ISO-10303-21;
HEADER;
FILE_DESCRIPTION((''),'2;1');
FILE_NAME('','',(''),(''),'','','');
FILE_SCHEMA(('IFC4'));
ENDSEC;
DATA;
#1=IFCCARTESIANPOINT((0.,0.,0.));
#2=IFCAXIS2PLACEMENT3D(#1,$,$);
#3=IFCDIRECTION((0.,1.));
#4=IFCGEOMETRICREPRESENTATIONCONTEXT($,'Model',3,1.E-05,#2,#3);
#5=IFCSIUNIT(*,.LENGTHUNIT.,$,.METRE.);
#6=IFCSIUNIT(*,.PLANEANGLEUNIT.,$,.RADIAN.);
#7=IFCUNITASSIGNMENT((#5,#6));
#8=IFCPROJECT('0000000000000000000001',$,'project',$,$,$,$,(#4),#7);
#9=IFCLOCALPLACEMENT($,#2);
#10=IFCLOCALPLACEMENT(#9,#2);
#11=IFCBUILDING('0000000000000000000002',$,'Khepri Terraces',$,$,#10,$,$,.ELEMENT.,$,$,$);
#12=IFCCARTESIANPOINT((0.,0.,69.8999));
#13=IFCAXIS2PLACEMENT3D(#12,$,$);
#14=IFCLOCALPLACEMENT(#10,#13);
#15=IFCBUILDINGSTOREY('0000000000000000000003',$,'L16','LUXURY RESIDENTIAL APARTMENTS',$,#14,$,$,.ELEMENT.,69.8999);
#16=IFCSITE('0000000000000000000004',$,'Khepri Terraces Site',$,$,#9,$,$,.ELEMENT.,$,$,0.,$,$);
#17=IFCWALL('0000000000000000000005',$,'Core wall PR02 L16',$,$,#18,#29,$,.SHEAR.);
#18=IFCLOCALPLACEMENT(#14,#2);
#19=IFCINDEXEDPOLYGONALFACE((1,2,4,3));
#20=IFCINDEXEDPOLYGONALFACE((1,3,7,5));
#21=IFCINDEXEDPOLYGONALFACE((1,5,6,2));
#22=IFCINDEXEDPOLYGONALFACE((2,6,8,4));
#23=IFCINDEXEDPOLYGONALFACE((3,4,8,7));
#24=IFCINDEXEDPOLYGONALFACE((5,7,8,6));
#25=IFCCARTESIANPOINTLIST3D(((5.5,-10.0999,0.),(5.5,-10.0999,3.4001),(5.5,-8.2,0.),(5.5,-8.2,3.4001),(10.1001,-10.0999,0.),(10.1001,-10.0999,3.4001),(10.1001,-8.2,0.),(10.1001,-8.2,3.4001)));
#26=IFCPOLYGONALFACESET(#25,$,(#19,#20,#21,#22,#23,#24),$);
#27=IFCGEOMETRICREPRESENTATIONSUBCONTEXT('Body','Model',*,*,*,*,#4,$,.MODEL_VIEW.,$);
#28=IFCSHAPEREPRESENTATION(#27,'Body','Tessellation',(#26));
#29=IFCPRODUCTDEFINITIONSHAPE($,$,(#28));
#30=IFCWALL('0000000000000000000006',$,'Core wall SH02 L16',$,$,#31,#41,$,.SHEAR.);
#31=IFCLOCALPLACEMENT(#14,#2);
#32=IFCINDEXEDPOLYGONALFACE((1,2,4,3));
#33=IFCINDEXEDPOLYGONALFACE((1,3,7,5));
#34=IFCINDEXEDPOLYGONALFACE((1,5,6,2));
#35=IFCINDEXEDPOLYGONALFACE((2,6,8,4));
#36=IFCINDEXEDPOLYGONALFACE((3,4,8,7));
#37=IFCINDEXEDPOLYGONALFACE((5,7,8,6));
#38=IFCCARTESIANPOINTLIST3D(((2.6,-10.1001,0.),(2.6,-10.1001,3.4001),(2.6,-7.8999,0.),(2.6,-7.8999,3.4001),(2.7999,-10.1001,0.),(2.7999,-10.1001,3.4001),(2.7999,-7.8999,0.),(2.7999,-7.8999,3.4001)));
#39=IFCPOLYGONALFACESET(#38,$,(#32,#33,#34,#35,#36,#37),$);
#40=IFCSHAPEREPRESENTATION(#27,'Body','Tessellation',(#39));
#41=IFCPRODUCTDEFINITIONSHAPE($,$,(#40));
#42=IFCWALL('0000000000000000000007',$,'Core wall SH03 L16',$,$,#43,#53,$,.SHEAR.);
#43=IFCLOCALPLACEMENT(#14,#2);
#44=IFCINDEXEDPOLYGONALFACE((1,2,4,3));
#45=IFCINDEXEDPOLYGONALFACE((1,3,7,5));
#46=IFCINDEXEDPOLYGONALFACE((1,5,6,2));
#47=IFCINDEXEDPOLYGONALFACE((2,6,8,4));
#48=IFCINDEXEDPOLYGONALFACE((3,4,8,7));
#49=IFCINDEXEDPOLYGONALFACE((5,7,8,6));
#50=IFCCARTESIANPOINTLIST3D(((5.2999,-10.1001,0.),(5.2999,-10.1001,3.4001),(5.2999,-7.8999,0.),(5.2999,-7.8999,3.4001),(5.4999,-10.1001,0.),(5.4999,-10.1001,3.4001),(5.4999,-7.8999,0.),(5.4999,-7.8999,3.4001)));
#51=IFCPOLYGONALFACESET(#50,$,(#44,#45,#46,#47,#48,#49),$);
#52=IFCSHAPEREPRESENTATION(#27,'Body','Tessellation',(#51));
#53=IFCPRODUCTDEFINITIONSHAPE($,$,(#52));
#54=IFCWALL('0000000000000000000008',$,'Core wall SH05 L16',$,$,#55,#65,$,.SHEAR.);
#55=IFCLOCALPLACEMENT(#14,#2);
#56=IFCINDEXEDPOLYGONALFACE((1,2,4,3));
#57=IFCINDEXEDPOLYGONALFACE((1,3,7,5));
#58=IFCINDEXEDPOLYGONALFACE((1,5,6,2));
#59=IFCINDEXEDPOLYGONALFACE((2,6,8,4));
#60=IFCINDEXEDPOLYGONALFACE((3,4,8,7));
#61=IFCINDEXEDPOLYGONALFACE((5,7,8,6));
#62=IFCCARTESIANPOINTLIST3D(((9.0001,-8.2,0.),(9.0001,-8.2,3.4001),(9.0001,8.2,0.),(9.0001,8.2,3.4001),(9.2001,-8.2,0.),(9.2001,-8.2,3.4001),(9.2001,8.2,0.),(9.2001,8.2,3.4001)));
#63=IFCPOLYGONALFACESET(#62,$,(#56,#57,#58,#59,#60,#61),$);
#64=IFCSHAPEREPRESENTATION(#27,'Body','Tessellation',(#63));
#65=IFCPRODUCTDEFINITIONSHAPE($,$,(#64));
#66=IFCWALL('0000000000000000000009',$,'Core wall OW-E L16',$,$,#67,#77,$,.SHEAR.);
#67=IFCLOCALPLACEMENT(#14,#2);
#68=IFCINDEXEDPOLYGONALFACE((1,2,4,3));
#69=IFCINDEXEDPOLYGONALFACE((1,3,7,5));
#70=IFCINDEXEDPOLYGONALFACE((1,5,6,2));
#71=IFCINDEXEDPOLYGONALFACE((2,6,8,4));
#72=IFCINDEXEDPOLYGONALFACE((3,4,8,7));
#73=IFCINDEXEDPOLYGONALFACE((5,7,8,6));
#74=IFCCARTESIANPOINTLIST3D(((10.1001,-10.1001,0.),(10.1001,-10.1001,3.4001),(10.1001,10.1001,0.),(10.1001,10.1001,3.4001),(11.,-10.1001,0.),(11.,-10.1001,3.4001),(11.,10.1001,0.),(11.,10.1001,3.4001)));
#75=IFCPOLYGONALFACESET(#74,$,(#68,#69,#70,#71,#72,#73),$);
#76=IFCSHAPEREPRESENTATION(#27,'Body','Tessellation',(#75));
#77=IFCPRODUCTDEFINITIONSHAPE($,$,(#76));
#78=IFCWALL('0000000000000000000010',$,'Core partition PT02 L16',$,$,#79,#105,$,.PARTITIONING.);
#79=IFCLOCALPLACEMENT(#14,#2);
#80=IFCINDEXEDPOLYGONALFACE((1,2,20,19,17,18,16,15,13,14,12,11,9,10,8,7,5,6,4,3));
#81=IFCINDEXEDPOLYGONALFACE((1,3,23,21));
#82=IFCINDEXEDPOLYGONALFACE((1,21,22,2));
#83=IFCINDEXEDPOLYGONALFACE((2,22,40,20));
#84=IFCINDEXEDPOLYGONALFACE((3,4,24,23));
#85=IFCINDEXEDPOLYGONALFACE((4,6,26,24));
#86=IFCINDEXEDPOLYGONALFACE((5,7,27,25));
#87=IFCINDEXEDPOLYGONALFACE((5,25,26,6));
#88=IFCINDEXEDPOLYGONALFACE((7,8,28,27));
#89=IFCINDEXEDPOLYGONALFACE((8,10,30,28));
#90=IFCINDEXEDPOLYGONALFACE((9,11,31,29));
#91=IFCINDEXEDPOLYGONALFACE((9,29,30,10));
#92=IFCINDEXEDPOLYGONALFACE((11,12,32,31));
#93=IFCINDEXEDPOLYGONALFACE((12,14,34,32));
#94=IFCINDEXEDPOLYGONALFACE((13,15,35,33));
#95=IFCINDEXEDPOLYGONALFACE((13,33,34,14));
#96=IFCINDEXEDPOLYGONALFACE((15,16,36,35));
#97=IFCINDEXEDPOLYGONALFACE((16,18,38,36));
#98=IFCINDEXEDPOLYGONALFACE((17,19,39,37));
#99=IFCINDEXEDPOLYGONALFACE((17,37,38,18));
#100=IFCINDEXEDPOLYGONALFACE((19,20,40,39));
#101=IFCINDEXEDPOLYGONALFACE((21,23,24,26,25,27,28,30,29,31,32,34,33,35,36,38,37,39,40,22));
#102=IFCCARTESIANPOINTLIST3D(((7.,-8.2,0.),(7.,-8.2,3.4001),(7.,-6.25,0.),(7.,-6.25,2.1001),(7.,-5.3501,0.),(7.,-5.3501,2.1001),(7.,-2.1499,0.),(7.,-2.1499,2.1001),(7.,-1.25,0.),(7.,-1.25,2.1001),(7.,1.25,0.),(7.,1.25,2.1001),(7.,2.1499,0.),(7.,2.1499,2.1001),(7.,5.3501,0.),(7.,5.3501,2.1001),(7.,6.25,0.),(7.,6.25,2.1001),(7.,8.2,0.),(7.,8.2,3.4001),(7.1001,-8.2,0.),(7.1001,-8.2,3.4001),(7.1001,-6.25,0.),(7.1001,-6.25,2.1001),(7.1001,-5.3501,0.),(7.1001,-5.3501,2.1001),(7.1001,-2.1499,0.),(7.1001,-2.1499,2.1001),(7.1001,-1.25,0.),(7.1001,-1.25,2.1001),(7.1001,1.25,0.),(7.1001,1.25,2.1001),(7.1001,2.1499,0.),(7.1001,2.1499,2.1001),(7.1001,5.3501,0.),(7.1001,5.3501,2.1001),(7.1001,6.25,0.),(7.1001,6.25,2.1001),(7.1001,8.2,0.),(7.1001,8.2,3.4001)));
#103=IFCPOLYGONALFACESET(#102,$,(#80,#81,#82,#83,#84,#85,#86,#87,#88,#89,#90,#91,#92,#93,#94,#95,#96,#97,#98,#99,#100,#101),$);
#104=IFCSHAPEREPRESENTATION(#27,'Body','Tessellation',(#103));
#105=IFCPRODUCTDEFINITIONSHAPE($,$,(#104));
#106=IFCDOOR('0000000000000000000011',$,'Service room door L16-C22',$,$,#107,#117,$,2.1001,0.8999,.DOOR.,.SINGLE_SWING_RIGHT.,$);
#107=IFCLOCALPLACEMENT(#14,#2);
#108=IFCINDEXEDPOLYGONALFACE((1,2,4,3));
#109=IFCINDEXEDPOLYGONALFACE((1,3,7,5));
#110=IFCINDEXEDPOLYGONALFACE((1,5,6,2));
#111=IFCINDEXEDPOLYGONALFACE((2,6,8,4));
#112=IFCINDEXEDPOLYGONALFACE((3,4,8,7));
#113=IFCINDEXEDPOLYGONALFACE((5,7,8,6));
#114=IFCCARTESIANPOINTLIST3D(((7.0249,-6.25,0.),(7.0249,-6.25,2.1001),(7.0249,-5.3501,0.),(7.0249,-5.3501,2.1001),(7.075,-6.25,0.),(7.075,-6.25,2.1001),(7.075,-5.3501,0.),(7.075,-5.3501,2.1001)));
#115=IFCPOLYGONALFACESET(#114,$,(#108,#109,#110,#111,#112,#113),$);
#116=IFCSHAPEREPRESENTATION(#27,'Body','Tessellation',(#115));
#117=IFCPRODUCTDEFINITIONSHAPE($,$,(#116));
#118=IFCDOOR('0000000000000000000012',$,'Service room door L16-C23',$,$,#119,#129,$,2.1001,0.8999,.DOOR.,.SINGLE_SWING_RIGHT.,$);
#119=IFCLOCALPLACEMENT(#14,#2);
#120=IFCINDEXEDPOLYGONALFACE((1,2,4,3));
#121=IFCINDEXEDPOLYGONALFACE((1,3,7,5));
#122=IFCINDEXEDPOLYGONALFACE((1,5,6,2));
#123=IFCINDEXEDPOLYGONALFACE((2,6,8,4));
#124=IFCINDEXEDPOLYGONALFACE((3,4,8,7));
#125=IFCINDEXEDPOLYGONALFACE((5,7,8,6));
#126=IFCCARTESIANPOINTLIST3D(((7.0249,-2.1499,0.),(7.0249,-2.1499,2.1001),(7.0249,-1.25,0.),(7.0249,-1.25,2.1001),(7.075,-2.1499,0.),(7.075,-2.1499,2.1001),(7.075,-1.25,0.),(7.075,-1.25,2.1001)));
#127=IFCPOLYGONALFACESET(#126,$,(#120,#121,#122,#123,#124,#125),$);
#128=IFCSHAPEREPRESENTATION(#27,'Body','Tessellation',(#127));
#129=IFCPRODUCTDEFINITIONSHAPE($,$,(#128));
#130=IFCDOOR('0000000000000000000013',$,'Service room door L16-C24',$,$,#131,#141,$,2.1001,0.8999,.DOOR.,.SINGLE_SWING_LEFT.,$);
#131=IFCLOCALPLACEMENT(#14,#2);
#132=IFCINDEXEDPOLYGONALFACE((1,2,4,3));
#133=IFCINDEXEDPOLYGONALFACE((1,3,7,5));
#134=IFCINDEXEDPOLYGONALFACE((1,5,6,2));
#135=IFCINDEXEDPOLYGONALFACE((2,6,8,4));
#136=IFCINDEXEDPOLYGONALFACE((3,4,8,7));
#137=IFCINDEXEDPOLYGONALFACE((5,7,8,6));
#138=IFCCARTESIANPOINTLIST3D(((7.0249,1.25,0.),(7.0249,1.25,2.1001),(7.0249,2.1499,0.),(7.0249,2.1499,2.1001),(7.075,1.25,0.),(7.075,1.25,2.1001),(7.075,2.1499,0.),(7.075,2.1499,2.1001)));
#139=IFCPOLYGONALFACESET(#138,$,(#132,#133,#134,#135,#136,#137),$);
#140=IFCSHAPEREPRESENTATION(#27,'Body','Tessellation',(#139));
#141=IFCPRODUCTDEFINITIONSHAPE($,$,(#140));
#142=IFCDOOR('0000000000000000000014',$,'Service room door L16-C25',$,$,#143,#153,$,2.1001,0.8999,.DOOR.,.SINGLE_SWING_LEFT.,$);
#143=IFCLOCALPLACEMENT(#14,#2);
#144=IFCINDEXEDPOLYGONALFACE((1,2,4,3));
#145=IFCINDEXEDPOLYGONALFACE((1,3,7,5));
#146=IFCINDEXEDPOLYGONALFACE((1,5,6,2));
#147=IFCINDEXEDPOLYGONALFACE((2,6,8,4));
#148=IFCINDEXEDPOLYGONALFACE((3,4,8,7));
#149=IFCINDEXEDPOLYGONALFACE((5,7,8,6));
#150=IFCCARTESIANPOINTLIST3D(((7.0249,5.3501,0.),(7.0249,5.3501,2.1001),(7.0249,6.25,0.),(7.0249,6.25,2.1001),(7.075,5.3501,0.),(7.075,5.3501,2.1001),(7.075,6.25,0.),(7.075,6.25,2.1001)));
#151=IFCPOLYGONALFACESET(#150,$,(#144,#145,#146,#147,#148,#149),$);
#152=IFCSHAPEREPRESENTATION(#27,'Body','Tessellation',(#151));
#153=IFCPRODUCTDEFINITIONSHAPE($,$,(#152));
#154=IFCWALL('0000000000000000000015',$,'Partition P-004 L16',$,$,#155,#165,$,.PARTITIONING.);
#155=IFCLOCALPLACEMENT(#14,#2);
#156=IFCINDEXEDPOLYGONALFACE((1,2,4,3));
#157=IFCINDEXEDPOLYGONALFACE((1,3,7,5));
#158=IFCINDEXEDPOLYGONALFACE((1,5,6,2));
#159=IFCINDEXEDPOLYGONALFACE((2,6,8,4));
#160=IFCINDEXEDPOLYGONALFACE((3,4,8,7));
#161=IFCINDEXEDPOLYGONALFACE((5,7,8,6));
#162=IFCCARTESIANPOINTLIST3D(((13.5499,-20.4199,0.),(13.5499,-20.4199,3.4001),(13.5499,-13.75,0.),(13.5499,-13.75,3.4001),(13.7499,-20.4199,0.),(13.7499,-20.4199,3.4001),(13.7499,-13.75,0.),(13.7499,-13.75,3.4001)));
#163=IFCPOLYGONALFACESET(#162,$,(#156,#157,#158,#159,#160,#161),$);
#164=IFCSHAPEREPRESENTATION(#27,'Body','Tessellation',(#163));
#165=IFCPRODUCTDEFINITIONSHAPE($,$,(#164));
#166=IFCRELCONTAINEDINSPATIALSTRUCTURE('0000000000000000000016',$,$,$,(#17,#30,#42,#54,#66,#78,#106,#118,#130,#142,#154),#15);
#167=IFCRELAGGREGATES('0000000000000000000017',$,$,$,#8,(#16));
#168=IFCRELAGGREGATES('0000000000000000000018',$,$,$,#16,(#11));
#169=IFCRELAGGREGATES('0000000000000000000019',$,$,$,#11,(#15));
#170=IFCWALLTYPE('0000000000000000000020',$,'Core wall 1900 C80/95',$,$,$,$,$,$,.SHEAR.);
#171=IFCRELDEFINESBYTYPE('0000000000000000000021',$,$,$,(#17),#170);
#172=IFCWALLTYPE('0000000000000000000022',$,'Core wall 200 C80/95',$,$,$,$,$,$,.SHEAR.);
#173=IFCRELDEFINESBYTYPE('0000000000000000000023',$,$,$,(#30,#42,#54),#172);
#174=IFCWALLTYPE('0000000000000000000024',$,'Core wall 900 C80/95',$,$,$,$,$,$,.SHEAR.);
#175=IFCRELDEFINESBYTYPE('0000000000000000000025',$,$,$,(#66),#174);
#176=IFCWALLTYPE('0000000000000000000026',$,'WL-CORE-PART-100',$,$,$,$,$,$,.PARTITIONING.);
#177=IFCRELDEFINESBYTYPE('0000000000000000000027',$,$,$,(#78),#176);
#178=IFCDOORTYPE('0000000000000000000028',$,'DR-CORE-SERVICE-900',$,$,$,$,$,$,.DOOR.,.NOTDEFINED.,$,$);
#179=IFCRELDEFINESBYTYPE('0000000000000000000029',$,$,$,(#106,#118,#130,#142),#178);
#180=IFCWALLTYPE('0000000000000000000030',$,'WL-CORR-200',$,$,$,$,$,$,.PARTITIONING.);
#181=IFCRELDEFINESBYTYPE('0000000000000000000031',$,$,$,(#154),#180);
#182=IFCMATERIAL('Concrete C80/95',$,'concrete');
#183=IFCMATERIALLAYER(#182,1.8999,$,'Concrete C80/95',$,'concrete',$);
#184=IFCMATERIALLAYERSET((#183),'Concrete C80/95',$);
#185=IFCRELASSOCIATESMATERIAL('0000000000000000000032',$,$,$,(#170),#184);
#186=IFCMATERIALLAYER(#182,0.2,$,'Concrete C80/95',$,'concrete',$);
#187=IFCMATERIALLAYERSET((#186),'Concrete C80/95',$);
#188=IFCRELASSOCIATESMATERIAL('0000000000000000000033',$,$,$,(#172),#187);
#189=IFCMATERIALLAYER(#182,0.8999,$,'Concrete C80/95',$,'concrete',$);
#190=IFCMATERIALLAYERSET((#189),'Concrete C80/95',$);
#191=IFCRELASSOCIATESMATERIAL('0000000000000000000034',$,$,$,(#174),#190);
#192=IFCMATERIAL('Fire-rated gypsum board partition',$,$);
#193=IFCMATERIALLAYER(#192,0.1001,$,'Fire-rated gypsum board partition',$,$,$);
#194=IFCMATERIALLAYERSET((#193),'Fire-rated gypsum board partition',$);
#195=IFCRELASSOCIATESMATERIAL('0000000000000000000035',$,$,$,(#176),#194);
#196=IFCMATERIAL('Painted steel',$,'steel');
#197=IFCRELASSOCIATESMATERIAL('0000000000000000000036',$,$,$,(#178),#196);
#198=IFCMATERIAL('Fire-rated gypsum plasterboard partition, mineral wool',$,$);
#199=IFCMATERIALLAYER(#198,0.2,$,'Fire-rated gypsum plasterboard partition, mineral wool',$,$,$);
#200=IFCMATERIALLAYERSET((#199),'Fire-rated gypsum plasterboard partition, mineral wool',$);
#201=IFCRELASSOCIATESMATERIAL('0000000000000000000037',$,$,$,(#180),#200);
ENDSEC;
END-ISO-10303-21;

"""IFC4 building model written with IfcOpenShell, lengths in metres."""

from ifc_helpers import new_model, si_unit, direction, frame, frame_2d, origin, place, context, subcontext, project, spatial, rectangle, extrude, material, layer, layer_set, type_object, element, fill, save


model = new_model("IFC4")

# Units and contexts
model_context = context("Model", 3, precision=1e-05, world=origin(), true_north=direction((0.0, 1.0)))
body_context = subcontext(model_context, "Body", "Model", "MODEL_VIEW")
ifc_project = project(units=[si_unit("LENGTHUNIT", "METRE"), si_unit("PLANEANGLEUNIT", "RADIAN")], contexts=[model_context])

# Site, building, storey
site_placement = place(None, origin())
site = spatial("IfcSite", under=ifc_project, at=site_placement, Name="Khepri Terraces Site", CompositionType="ELEMENT", RefElevation=0.0)
building_placement = place(site_placement, origin())
building = spatial("IfcBuilding", under=site, at=building_placement, Name="Khepri Terraces", CompositionType="ELEMENT")
storey_placement = place(building_placement, frame((0.0, 0.0, 69.8999)))
storey = spatial("IfcBuildingStorey", under=building, at=storey_placement, Name="L16", Description="LUXURY RESIDENTIAL APARTMENTS", CompositionType="ELEMENT", Elevation=69.8999)

# Walls
ifc_material_1 = material(Name="Concrete C80/95", Category="concrete")
ifc_layer_1 = layer(ifc_material_1, 1.8999, Name="Concrete C80/95", Category="concrete")
ifc_layer_set_1 = layer_set([ifc_layer_1], Name="Concrete C80/95")
wall_type_1 = type_object("IfcWallType", Name="Core wall 1900 C80/95", PredefinedType="SHEAR", material=ifc_layer_set_1)
wall_1_placement = place(storey_placement, frame((5.5, -9.1499, 0.0), z_axis=(0.0, 0.0, 1.0), x_axis=(1.0, 0.0, 0.0)))
element("IfcWall", 1, at=wall_1_placement, inside=storey, type_object=wall_type_1, Name="Core wall PR02 L16", PredefinedType="SHEAR", context=body_context, shape_type="SweptSolid", body=[
    extrude(rectangle(XDim=4.6001, YDim=1.8999, at=frame_2d((2.3, 0.0))), origin(), (0.0, 0.0, 1.0), 3.4001),
])
ifc_layer_2 = layer(ifc_material_1, 0.2, Name="Concrete C80/95", Category="concrete")
ifc_layer_set_2 = layer_set([ifc_layer_2], Name="Concrete C80/95")
wall_type_2 = type_object("IfcWallType", Name="Core wall 200 C80/95", PredefinedType="SHEAR", material=ifc_layer_set_2)
for number, where, z_axis, x_axis, name in (
    (2, (2.7, -10.1001, 0.0), (0.0, 0.0, 1.0), (0.0, 1.0, 0.0), "Core wall SH02 L16"),
    (3, (5.3999, -10.1001, 0.0), (0.0, 0.0, 1.0), (0.0, 1.0, 0.0), "Core wall SH03 L16"),
):
    element("IfcWall", number, at=place(storey_placement, frame(where, z_axis=z_axis, x_axis=x_axis)), inside=storey, type_object=wall_type_2, Name=name, PredefinedType="SHEAR", context=body_context, shape_type="SweptSolid", body=[
        extrude(rectangle(XDim=2.2002, YDim=0.2, at=frame_2d((1.1001, 0.0))), origin(), (0.0, 0.0, 1.0), 3.4001),
    ])
wall_2_placement = place(storey_placement, frame((9.1001, -8.2, 0.0), z_axis=(0.0, 0.0, 1.0), x_axis=(0.0, 1.0, 0.0)))
element("IfcWall", 4, at=wall_2_placement, inside=storey, type_object=wall_type_2, Name="Core wall SH05 L16", PredefinedType="SHEAR", context=body_context, shape_type="SweptSolid", body=[
    extrude(rectangle(XDim=16.3999, YDim=0.2, at=frame_2d((8.2, 0.0))), origin(), (0.0, 0.0, 1.0), 3.4001),
])
ifc_layer_3 = layer(ifc_material_1, 0.8999, Name="Concrete C80/95", Category="concrete")
ifc_layer_set_3 = layer_set([ifc_layer_3], Name="Concrete C80/95")
wall_type_3 = type_object("IfcWallType", Name="Core wall 900 C80/95", PredefinedType="SHEAR", material=ifc_layer_set_3)
wall_3_placement = place(storey_placement, frame((10.55, -10.1001, 0.0), z_axis=(0.0, 0.0, 1.0), x_axis=(0.0, 1.0, 0.0)))
element("IfcWall", 5, at=wall_3_placement, inside=storey, type_object=wall_type_3, Name="Core wall OW-E L16", PredefinedType="SHEAR", context=body_context, shape_type="SweptSolid", body=[
    extrude(rectangle(XDim=20.2002, YDim=0.8999, at=frame_2d((10.1001, 0.0))), origin(), (0.0, 0.0, 1.0), 3.4001),
])

# Wall, openings, doors
ifc_material_2 = material(Name="Fire-rated gypsum board partition")
ifc_layer_4 = layer(ifc_material_2, 0.1001, Name="Fire-rated gypsum board partition")
ifc_layer_set_4 = layer_set([ifc_layer_4], Name="Fire-rated gypsum board partition")
wall_type_4 = type_object("IfcWallType", Name="WL-CORE-PART-100", PredefinedType="PARTITIONING", material=ifc_layer_set_4)
wall_4_placement = place(storey_placement, frame((7.05, -8.2, 0.0), z_axis=(0.0, 0.0, 1.0), x_axis=(0.0, 1.0, 0.0)))
wall_4 = element("IfcWall", 6, at=wall_4_placement, inside=storey, type_object=wall_type_4, Name="Core partition PT02 L16", PredefinedType="PARTITIONING", context=body_context, shape_type="SweptSolid", body=[
    extrude(rectangle(XDim=16.3999, YDim=0.1001, at=frame_2d((8.2, 0.0))), origin(), (0.0, 0.0, 1.0), 3.4001),
])
opening_1_placement = place(wall_4_placement, frame((1.95, 0.0, 0.0)))
opening_1 = element("IfcOpeningElement", 7, at=opening_1_placement, cuts=wall_4, PredefinedType="OPENING", context=body_context, shape_type="SweptSolid", body=[
    extrude(rectangle(XDim=0.8999, YDim=2.1001, at=frame_2d((0.45, 1.05))), frame((0.0, 0.0601, 0.0), z_axis=(0.0, -1.0, 0.0), x_axis=(1.0, 0.0, 0.0)), (0.0, 0.0, 1.0), 0.1201),
])
opening_2_placement = place(wall_4_placement, frame((6.05, 0.0, 0.0)))
opening_2 = element("IfcOpeningElement", 8, at=opening_2_placement, cuts=wall_4, PredefinedType="OPENING", context=body_context, shape_type="SweptSolid", body=[
    extrude(rectangle(XDim=0.8999, YDim=2.1001, at=frame_2d((0.45, 1.05))), frame((0.0, 0.0601, 0.0), z_axis=(0.0, -1.0, 0.0), x_axis=(1.0, 0.0, 0.0)), (0.0, 0.0, 1.0), 0.1201),
])
opening_3_placement = place(wall_4_placement, frame((9.45, 0.0, 0.0)))
opening_3 = element("IfcOpeningElement", 9, at=opening_3_placement, cuts=wall_4, PredefinedType="OPENING", context=body_context, shape_type="SweptSolid", body=[
    extrude(rectangle(XDim=0.8999, YDim=2.1001, at=frame_2d((0.45, 1.05))), frame((0.0, 0.0601, 0.0), z_axis=(0.0, -1.0, 0.0), x_axis=(1.0, 0.0, 0.0)), (0.0, 0.0, 1.0), 0.1201),
])
opening_4_placement = place(wall_4_placement, frame((13.55, 0.0, 0.0)))
opening_4 = element("IfcOpeningElement", 10, at=opening_4_placement, cuts=wall_4, PredefinedType="OPENING", context=body_context, shape_type="SweptSolid", body=[
    extrude(rectangle(XDim=0.8999, YDim=2.1001, at=frame_2d((0.45, 1.05))), frame((0.0, 0.0601, 0.0), z_axis=(0.0, -1.0, 0.0), x_axis=(1.0, 0.0, 0.0)), (0.0, 0.0, 1.0), 0.1201),
])
ifc_material_3 = material(Name="Painted steel", Category="steel")
door_type_1 = type_object("IfcDoorType", Name="DR-CORE-SERVICE-900", OperationType="NOTDEFINED", PredefinedType="DOOR", material=ifc_material_3)
door_1_placement = place(opening_1_placement, frame((0.8999, 0.0, 0.0), z_axis=(0.0, 0.0, 1.0), x_axis=(-1.0, 0.0, 0.0)))
door_1 = element("IfcDoor", 11, at=door_1_placement, inside=storey, type_object=door_type_1, Name="Service room door L16-C22", OperationType="SINGLE_SWING_RIGHT", OverallHeight=2.1001, OverallWidth=0.8999, PredefinedType="DOOR", context=body_context, shape_type="SweptSolid", body=[
    extrude(rectangle(XDim=0.8999, YDim=2.1001, at=frame_2d((0.45, 1.05))), frame((0.0, 0.0249, 0.0), z_axis=(0.0, -1.0, 0.0), x_axis=(1.0, 0.0, 0.0)), (0.0, 0.0, 1.0), 0.05),
])
fill(opening_1, door_1)
door_2_placement = place(opening_2_placement, frame((0.8999, 0.0, 0.0), z_axis=(0.0, 0.0, 1.0), x_axis=(-1.0, 0.0, 0.0)))
door_2 = element("IfcDoor", 12, at=door_2_placement, inside=storey, type_object=door_type_1, Name="Service room door L16-C23", OperationType="SINGLE_SWING_RIGHT", OverallHeight=2.1001, OverallWidth=0.8999, PredefinedType="DOOR", context=body_context, shape_type="SweptSolid", body=[
    extrude(rectangle(XDim=0.8999, YDim=2.1001, at=frame_2d((0.45, 1.05))), frame((0.0, 0.0249, 0.0), z_axis=(0.0, -1.0, 0.0), x_axis=(1.0, 0.0, 0.0)), (0.0, 0.0, 1.0), 0.05),
])
fill(opening_2, door_2)
door_3_placement = place(opening_3_placement, frame((0.8999, 0.0, 0.0), z_axis=(0.0, 0.0, 1.0), x_axis=(-1.0, 0.0, 0.0)))
door_3 = element("IfcDoor", 13, at=door_3_placement, inside=storey, type_object=door_type_1, Name="Service room door L16-C24", OperationType="SINGLE_SWING_LEFT", OverallHeight=2.1001, OverallWidth=0.8999, PredefinedType="DOOR", context=body_context, shape_type="SweptSolid", body=[
    extrude(rectangle(XDim=0.8999, YDim=2.1001, at=frame_2d((0.45, 1.05))), frame((0.0, 0.0249, 0.0), z_axis=(0.0, -1.0, 0.0), x_axis=(1.0, 0.0, 0.0)), (0.0, 0.0, 1.0), 0.05),
])
fill(opening_3, door_3)
door_4_placement = place(opening_4_placement, frame((0.8999, 0.0, 0.0), z_axis=(0.0, 0.0, 1.0), x_axis=(-1.0, 0.0, 0.0)))
door_4 = element("IfcDoor", 14, at=door_4_placement, inside=storey, type_object=door_type_1, Name="Service room door L16-C25", OperationType="SINGLE_SWING_LEFT", OverallHeight=2.1001, OverallWidth=0.8999, PredefinedType="DOOR", context=body_context, shape_type="SweptSolid", body=[
    extrude(rectangle(XDim=0.8999, YDim=2.1001, at=frame_2d((0.45, 1.05))), frame((0.0, 0.0249, 0.0), z_axis=(0.0, -1.0, 0.0), x_axis=(1.0, 0.0, 0.0)), (0.0, 0.0, 1.0), 0.05),
])
fill(opening_4, door_4)

# Wall
ifc_material_4 = material(Name="Fire-rated gypsum plasterboard partition, mineral wool")
ifc_layer_5 = layer(ifc_material_4, 0.2, Name="Fire-rated gypsum plasterboard partition, mineral wool")
ifc_layer_set_5 = layer_set([ifc_layer_5], Name="Fire-rated gypsum plasterboard partition, mineral wool")
wall_type_5 = type_object("IfcWallType", Name="WL-CORR-200", PredefinedType="PARTITIONING", material=ifc_layer_set_5)
wall_5_placement = place(storey_placement, frame((13.6499, -20.4199, 0.0), z_axis=(0.0, 0.0, 1.0), x_axis=(0.0, 1.0, 0.0)))
element("IfcWall", 15, at=wall_5_placement, inside=storey, type_object=wall_type_5, Name="Partition P-004 L16", PredefinedType="PARTITIONING", context=body_context, shape_type="SweptSolid", body=[
    extrude(rectangle(XDim=6.6699, YDim=0.2, at=frame_2d((3.335, 0.0))), origin(), (0.0, 0.0, 1.0), 3.4001),
])

save(model, "model.ifc")
